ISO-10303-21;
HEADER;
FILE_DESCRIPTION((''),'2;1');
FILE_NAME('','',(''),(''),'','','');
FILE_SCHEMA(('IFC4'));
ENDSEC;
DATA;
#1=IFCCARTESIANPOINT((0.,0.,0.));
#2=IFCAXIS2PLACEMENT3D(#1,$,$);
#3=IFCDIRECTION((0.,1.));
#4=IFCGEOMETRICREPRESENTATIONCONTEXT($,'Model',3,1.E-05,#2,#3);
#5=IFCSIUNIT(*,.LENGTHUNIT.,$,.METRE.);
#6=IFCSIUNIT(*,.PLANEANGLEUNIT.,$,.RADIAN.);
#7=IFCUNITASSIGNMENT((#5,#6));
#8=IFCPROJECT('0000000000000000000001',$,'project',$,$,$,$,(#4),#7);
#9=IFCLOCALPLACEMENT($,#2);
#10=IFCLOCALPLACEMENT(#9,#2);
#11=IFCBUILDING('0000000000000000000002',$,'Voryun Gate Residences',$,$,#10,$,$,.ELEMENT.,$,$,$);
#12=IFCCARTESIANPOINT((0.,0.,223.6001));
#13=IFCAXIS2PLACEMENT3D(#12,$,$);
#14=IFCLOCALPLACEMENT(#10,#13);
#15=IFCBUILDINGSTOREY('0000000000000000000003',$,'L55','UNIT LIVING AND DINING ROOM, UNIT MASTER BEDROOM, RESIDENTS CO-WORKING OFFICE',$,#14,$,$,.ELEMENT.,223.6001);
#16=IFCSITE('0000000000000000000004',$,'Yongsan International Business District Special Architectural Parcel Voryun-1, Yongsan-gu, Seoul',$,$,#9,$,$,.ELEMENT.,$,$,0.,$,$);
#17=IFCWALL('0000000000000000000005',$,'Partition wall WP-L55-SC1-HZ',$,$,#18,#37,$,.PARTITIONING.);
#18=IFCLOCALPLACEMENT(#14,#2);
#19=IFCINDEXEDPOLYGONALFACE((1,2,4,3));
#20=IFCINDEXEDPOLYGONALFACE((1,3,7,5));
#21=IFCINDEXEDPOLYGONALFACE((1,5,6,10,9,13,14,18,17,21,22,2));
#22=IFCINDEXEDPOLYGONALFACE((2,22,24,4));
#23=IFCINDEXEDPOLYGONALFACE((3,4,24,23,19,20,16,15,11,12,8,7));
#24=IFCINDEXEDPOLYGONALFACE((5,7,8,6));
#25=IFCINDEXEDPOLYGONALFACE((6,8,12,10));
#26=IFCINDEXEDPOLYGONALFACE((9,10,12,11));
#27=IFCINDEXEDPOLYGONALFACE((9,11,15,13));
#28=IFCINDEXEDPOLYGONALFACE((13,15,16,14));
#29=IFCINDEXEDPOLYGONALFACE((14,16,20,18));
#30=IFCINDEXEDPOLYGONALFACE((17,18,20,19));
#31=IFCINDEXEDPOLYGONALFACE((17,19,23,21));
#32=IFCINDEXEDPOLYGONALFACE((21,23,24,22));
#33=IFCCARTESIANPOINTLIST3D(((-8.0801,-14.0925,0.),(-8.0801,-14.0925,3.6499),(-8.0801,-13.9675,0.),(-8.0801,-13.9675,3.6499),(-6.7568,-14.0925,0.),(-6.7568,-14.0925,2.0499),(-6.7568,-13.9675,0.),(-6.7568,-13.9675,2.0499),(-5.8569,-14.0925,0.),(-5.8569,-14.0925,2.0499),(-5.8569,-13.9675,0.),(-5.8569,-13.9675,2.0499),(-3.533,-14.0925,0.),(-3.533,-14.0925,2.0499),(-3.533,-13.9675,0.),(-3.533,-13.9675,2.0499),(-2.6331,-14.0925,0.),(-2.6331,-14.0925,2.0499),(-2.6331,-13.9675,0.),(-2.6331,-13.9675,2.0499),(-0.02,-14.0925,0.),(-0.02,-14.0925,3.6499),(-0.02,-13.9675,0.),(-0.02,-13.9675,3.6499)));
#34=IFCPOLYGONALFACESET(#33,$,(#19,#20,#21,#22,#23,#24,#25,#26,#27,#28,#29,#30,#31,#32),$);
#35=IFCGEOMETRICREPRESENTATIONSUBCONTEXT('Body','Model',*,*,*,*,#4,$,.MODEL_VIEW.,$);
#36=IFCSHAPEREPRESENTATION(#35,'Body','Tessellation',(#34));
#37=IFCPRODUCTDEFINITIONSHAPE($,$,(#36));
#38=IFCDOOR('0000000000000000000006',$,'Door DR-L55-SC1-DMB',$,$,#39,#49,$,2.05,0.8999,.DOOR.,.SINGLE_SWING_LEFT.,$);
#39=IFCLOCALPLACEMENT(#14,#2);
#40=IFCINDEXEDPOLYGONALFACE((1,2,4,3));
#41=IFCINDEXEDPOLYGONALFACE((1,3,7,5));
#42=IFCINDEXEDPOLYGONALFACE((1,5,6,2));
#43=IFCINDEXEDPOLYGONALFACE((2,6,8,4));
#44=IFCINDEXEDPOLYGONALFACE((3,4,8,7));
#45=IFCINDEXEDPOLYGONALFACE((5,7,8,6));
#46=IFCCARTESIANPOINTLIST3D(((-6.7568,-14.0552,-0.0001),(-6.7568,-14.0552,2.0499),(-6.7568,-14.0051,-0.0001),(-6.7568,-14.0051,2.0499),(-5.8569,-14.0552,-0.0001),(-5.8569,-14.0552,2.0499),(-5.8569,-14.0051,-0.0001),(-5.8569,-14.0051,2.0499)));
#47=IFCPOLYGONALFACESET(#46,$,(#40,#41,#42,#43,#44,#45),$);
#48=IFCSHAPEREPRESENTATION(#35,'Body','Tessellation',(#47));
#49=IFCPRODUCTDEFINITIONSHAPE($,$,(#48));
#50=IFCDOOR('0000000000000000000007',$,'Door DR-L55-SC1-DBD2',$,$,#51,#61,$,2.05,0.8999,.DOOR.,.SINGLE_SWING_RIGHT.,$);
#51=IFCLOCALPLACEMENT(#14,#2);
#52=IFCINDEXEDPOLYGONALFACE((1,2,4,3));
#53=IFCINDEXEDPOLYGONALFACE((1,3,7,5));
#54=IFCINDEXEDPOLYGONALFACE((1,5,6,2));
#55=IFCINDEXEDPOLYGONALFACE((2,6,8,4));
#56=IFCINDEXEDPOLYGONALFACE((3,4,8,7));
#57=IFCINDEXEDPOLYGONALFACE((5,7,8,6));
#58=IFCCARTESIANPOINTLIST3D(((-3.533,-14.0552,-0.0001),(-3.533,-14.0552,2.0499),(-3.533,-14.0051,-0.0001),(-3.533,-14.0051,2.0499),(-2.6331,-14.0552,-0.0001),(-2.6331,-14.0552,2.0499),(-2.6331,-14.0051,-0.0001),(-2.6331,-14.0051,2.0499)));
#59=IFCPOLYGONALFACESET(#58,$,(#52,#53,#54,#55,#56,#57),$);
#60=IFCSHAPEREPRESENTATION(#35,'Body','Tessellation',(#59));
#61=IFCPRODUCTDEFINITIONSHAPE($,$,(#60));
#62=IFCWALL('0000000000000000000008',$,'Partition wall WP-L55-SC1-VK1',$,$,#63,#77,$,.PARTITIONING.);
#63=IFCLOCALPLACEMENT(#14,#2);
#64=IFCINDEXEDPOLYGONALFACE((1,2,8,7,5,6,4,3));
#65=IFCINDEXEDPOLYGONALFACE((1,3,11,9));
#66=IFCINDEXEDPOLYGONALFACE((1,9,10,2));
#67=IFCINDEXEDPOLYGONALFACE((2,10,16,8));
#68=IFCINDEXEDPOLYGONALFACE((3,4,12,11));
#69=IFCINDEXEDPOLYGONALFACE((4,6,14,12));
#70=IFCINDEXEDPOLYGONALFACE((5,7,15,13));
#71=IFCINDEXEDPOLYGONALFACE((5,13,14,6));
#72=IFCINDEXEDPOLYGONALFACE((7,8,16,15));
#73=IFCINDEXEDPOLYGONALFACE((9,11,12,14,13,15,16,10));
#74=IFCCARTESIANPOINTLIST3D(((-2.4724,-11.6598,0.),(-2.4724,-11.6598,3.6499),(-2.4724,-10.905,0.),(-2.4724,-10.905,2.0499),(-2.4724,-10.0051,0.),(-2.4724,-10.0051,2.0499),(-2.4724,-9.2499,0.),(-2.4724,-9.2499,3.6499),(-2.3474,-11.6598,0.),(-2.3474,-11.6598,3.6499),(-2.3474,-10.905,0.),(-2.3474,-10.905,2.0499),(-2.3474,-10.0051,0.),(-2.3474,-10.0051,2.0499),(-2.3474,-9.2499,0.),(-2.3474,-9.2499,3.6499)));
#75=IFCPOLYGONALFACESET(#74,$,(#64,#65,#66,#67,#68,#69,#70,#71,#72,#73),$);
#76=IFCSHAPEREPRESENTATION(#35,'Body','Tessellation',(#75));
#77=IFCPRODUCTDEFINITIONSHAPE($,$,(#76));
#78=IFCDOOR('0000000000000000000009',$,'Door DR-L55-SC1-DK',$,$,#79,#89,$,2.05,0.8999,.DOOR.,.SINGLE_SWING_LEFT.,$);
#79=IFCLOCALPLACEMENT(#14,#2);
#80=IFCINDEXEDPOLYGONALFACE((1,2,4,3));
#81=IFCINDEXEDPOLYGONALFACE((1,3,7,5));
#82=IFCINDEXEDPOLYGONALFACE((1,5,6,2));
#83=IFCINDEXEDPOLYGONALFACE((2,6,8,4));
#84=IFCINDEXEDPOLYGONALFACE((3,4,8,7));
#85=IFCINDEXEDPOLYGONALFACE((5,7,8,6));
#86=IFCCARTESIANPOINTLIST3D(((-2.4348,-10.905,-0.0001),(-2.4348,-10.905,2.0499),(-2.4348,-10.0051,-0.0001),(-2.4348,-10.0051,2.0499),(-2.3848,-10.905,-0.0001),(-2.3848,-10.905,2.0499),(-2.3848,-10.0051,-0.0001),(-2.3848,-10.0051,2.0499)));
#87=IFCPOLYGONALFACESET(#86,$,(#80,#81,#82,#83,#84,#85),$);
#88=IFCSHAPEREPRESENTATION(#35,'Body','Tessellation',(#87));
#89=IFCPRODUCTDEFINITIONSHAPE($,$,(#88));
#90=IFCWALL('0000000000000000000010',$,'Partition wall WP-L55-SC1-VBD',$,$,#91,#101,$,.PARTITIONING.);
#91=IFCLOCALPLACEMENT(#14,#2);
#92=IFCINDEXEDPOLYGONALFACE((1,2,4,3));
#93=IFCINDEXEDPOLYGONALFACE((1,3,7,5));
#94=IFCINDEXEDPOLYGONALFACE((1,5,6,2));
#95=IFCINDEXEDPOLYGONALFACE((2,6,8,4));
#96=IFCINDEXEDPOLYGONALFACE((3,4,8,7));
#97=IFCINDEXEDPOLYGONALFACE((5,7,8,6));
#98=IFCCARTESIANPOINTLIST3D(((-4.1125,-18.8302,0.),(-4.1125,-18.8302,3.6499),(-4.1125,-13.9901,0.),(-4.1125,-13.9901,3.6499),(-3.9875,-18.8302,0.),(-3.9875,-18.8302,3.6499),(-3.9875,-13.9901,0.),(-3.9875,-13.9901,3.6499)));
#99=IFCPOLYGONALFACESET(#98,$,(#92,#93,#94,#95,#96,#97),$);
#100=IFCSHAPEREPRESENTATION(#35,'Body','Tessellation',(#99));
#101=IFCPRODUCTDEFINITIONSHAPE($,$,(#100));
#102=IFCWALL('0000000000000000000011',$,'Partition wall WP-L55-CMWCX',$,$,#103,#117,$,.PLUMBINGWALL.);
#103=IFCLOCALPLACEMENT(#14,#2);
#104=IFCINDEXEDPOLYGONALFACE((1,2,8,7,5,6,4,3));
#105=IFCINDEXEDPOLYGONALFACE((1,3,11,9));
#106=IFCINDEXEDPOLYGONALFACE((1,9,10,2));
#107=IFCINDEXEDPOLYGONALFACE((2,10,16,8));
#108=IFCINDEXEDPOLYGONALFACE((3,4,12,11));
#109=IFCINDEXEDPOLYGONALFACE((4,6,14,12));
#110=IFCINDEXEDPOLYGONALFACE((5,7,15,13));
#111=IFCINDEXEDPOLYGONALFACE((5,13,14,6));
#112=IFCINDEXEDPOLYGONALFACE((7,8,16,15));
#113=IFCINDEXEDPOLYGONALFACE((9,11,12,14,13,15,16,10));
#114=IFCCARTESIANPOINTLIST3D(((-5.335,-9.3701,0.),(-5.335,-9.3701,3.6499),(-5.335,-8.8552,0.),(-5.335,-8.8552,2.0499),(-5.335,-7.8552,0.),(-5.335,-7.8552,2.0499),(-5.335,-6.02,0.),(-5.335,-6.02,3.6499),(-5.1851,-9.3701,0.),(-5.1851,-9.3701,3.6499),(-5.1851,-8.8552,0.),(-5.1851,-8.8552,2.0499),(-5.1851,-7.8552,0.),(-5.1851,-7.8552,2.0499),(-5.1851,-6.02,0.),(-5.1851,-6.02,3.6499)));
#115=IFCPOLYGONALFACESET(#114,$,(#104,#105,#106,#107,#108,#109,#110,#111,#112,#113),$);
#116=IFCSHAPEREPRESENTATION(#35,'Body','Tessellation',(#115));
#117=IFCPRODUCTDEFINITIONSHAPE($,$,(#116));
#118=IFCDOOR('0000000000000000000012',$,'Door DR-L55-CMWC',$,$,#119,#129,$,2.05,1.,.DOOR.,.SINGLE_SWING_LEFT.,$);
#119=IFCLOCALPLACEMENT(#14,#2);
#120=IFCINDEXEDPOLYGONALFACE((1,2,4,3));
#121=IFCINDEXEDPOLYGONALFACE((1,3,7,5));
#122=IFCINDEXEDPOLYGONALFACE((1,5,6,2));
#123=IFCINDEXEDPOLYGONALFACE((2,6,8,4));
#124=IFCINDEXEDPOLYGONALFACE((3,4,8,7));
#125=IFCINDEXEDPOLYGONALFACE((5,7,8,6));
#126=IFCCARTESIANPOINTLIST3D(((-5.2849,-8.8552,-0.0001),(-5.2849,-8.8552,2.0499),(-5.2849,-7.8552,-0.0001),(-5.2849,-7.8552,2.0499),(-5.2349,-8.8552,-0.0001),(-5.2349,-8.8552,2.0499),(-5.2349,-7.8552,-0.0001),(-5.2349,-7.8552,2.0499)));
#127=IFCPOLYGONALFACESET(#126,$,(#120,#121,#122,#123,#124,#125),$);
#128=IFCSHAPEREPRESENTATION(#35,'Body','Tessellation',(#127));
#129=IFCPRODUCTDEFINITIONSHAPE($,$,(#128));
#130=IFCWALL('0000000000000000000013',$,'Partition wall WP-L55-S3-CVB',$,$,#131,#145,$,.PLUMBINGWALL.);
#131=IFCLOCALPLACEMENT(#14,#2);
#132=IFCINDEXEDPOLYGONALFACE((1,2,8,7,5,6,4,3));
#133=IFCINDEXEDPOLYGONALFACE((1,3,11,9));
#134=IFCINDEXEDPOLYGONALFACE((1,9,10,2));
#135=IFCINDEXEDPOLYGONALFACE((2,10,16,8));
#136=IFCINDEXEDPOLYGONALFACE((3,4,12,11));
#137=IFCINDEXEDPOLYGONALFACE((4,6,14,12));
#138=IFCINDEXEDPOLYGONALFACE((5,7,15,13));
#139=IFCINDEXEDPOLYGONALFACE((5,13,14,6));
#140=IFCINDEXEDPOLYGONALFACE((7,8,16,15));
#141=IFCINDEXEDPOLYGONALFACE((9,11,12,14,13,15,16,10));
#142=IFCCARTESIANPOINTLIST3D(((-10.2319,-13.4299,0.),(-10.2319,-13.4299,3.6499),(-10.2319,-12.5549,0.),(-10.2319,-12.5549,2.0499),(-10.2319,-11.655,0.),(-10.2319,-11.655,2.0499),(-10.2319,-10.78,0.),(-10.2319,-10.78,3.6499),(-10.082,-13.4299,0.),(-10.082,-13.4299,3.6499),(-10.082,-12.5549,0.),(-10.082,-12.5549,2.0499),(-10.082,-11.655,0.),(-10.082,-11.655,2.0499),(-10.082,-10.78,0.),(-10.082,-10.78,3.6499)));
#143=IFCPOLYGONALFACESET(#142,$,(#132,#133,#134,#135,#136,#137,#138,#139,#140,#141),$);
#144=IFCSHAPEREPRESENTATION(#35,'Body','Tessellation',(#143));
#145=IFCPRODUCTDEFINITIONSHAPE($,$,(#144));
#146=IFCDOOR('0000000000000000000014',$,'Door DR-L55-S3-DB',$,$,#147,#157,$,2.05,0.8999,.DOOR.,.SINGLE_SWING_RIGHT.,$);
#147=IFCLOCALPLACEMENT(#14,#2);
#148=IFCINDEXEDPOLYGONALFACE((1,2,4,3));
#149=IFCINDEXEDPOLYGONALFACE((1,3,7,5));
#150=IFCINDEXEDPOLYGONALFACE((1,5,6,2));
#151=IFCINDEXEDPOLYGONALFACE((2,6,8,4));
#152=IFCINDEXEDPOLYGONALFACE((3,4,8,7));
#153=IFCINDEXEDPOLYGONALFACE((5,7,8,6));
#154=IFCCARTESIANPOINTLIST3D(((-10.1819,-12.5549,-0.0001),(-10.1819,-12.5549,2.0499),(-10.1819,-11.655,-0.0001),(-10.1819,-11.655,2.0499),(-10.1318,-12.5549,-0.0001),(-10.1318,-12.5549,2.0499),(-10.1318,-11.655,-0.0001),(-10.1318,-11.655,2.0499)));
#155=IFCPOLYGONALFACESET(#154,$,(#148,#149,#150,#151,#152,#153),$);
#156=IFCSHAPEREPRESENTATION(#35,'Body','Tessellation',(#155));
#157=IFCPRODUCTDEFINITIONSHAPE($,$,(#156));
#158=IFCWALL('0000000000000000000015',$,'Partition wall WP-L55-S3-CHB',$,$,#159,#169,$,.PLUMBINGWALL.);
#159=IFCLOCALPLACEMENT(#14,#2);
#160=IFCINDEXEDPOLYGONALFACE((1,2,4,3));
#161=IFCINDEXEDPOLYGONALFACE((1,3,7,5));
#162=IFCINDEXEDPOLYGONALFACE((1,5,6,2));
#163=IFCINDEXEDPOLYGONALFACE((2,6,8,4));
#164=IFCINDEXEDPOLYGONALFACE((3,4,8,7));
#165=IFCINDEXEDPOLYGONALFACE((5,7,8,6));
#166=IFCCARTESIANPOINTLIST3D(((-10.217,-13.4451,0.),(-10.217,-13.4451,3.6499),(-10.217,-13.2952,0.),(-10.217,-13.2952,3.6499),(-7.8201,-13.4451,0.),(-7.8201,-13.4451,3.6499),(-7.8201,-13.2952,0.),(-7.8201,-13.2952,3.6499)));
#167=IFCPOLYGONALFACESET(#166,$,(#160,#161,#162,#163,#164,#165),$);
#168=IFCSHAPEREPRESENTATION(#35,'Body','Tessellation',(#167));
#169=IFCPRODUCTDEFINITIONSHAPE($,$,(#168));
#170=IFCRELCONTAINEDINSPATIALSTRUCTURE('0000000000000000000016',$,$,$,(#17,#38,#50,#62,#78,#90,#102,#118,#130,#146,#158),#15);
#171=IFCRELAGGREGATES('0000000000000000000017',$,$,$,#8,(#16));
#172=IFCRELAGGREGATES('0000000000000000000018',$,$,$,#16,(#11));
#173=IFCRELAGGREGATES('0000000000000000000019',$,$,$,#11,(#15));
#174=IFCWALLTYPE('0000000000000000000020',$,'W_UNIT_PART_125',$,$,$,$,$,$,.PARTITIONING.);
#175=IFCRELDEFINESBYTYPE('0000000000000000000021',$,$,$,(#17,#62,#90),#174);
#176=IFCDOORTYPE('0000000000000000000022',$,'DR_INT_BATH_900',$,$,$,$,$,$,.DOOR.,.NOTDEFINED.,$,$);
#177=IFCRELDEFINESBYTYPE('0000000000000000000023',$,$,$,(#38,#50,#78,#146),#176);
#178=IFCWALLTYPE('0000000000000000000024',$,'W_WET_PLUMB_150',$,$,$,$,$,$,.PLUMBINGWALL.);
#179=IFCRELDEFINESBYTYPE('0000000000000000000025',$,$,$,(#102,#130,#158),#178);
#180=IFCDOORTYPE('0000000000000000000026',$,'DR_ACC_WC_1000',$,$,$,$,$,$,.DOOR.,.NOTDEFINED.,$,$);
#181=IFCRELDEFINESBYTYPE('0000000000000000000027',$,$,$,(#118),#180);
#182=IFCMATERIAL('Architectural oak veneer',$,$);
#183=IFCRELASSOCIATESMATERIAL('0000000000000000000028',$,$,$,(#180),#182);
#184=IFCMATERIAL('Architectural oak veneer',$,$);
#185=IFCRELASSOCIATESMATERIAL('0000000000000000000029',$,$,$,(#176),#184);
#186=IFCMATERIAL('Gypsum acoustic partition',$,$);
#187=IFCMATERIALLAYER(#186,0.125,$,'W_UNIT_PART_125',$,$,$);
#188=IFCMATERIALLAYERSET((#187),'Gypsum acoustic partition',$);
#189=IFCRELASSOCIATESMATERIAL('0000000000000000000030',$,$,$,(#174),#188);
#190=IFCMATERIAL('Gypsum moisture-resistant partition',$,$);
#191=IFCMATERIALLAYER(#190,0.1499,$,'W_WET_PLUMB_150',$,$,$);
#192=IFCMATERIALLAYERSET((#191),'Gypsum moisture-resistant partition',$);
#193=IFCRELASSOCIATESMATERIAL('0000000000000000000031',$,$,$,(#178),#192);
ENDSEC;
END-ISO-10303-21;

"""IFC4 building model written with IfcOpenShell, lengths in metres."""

from ifc_helpers import new_model, si_unit, direction, frame, frame_2d, origin, place, context, subcontext, project, spatial, rectangle, extrude, material, layer, layer_set, type_object, element, fill, save


model = new_model("IFC4")

# Units and contexts
model_context = context("Model", 3, precision=1e-05, world=origin(), true_north=direction((0.0, 1.0)))
body_context = subcontext(model_context, "Body", "Model", "MODEL_VIEW")
ifc_project = project(units=[si_unit("LENGTHUNIT", "METRE"), si_unit("PLANEANGLEUNIT", "RADIAN")], contexts=[model_context])

# Site, building, storey
site_placement = place(None, origin())
site = spatial("IfcSite", under=ifc_project, at=site_placement, Name="Yongsan International Business District Special Architectural Parcel Voryun-1, Yongsan-gu, Seoul", CompositionType="ELEMENT", RefElevation=0.0)
building_placement = place(site_placement, origin())
building = spatial("IfcBuilding", under=site, at=building_placement, Name="Voryun Gate Residences", CompositionType="ELEMENT")
storey_placement = place(building_placement, frame((0.0, 0.0, 223.6001)))
storey = spatial("IfcBuildingStorey", under=building, at=storey_placement, Name="L55", Description="UNIT LIVING AND DINING ROOM, UNIT MASTER BEDROOM, RESIDENTS CO-WORKING OFFICE", CompositionType="ELEMENT", Elevation=223.6001)

# Shared definitions
ifc_material_1 = material(Name="Architectural oak veneer")
door_type_1 = type_object("IfcDoorType", Name="DR_ACC_WC_1000", OperationType="NOTDEFINED", PredefinedType="DOOR", material=ifc_material_1)

# Shared definitions
ifc_material_2 = material(Name="Architectural oak veneer")
door_type_2 = type_object("IfcDoorType", Name="DR_INT_BATH_900", OperationType="NOTDEFINED", PredefinedType="DOOR", material=ifc_material_2)

# Shared definitions
ifc_material_3 = material(Name="Gypsum acoustic partition")
ifc_layer_1 = layer(ifc_material_3, 0.125, Name="W_UNIT_PART_125")
ifc_layer_set_1 = layer_set([ifc_layer_1], Name="Gypsum acoustic partition")
wall_type_1 = type_object("IfcWallType", Name="W_UNIT_PART_125", PredefinedType="PARTITIONING", material=ifc_layer_set_1)

# Wall, openings, doors
wall_1_placement = place(storey_placement, frame((-8.0801, -14.03, 0.0), z_axis=(0.0, 0.0, 1.0), x_axis=(1.0, 0.0, 0.0)))
wall_1 = element("IfcWall", 1, at=wall_1_placement, inside=storey, type_object=wall_type_1, Name="Partition wall WP-L55-SC1-HZ", PredefinedType="PARTITIONING", context=body_context, shape_type="SweptSolid", body=[
    extrude(rectangle(XDim=8.0601, YDim=0.125, at=frame_2d((4.03, 0.0))), origin(), (0.0, 0.0, 1.0), 3.6499),
])
opening_1_placement = place(wall_1_placement, frame((1.3232, 0.0, 0.0)))
opening_1 = element("IfcOpeningElement", 2, at=opening_1_placement, cuts=wall_1, PredefinedType="OPENING", context=body_context, shape_type="SweptSolid", body=[
    extrude(rectangle(XDim=0.8999, YDim=2.05, at=frame_2d((0.45, 1.0249))), frame((0.0, 0.0725, 0.0), z_axis=(0.0, -1.0, 0.0), x_axis=(1.0, 0.0, 0.0)), (0.0, 0.0, 1.0), 0.145),
])
opening_2_placement = place(wall_1_placement, frame((4.5471, 0.0, 0.0)))
opening_2 = element("IfcOpeningElement", 3, at=opening_2_placement, cuts=wall_1, PredefinedType="OPENING", context=body_context, shape_type="SweptSolid", body=[
    extrude(rectangle(XDim=0.8999, YDim=2.05, at=frame_2d((0.45, 1.0249))), frame((0.0, 0.0725, 0.0), z_axis=(0.0, -1.0, 0.0), x_axis=(1.0, 0.0, 0.0)), (0.0, 0.0, 1.0), 0.145),
])
door_1_placement = place(opening_1_placement, origin())
door_1 = element("IfcDoor", 4, at=door_1_placement, inside=storey, type_object=door_type_2, Name="Door DR-L55-SC1-DMB", OperationType="SINGLE_SWING_LEFT", OverallHeight=2.05, OverallWidth=0.8999, PredefinedType="DOOR", context=body_context, shape_type="SweptSolid", body=[
    extrude(rectangle(XDim=0.8999, YDim=2.05, at=frame_2d((0.45, 1.0249))), frame((0.0, 0.0249, 0.0), z_axis=(0.0, -1.0, 0.0), x_axis=(1.0, 0.0, 0.0)), (0.0, 0.0, 1.0), 0.05),
])
fill(opening_1, door_1)
door_2_placement = place(opening_2_placement, origin())
door_2 = element("IfcDoor", 5, at=door_2_placement, inside=storey, type_object=door_type_2, Name="Door DR-L55-SC1-DBD2", OperationType="SINGLE_SWING_RIGHT", OverallHeight=2.05, OverallWidth=0.8999, PredefinedType="DOOR", context=body_context, shape_type="SweptSolid", body=[
    extrude(rectangle(XDim=0.8999, YDim=2.05, at=frame_2d((0.45, 1.0249))), frame((0.0, 0.0249, 0.0), z_axis=(0.0, -1.0, 0.0), x_axis=(1.0, 0.0, 0.0)), (0.0, 0.0, 1.0), 0.05),
])
fill(opening_2, door_2)

# Wall, opening, door
wall_2_placement = place(storey_placement, frame((-2.4099, -11.6599, 0.0), z_axis=(0.0, 0.0, 1.0), x_axis=(0.0, 1.0, 0.0)))
wall_2 = element("IfcWall", 6, at=wall_2_placement, inside=storey, type_object=wall_type_1, Name="Partition wall WP-L55-SC1-VK1", PredefinedType="PARTITIONING", context=body_context, shape_type="SweptSolid", body=[
    extrude(rectangle(XDim=2.4099, YDim=0.125, at=frame_2d((1.2051, 0.0))), origin(), (0.0, 0.0, 1.0), 3.6499),
])
opening_3_placement = place(wall_2_placement, frame((0.7549, 0.0, 0.0)))
opening_3 = element("IfcOpeningElement", 7, at=opening_3_placement, cuts=wall_2, PredefinedType="OPENING", context=body_context, shape_type="SweptSolid", body=[
    extrude(rectangle(XDim=0.8999, YDim=2.05, at=frame_2d((0.45, 1.0249))), frame((0.0, 0.0725, 0.0), z_axis=(0.0, -1.0, 0.0), x_axis=(1.0, 0.0, 0.0)), (0.0, 0.0, 1.0), 0.145),
])
door_3_placement = place(opening_3_placement, origin())
door_3 = element("IfcDoor", 8, at=door_3_placement, inside=storey, type_object=door_type_2, Name="Door DR-L55-SC1-DK", OperationType="SINGLE_SWING_LEFT", OverallHeight=2.05, OverallWidth=0.8999, PredefinedType="DOOR", context=body_context, shape_type="SweptSolid", body=[
    extrude(rectangle(XDim=0.8999, YDim=2.05, at=frame_2d((0.45, 1.0249))), frame((0.0, 0.0249, 0.0), z_axis=(0.0, -1.0, 0.0), x_axis=(1.0, 0.0, 0.0)), (0.0, 0.0, 1.0), 0.05),
])
fill(opening_3, door_3)

# Wall
wall_3_placement = place(storey_placement, frame((-4.05, -18.8301, 0.0), z_axis=(0.0, 0.0, 1.0), x_axis=(0.0, 1.0, 0.0)))
element("IfcWall", 9, at=wall_3_placement, inside=storey, type_object=wall_type_1, Name="Partition wall WP-L55-SC1-VBD", PredefinedType="PARTITIONING", context=body_context, shape_type="SweptSolid", body=[
    extrude(rectangle(XDim=4.8401, YDim=0.125, at=frame_2d((2.4199, 0.0))), origin(), (0.0, 0.0, 1.0), 3.6499),
])

# Walls, openings, doors
ifc_material_4 = material(Name="Gypsum moisture-resistant partition")
ifc_layer_2 = layer(ifc_material_4, 0.1499, Name="W_WET_PLUMB_150")
ifc_layer_set_2 = layer_set([ifc_layer_2], Name="Gypsum moisture-resistant partition")
wall_type_2 = type_object("IfcWallType", Name="W_WET_PLUMB_150", PredefinedType="PLUMBINGWALL", material=ifc_layer_set_2)
wall_4_placement = place(storey_placement, frame((-5.26, -9.3701, 0.0), z_axis=(0.0, 0.0, 1.0), x_axis=(0.0, 1.0, 0.0)))
wall_4 = element("IfcWall", 10, at=wall_4_placement, inside=storey, type_object=wall_type_2, Name="Partition wall WP-L55-CMWCX", PredefinedType="PLUMBINGWALL", context=body_context, shape_type="SweptSolid", body=[
    extrude(rectangle(XDim=3.3501, YDim=0.1499, at=frame_2d((1.675, 0.0))), origin(), (0.0, 0.0, 1.0), 3.6499),
])
opening_4_placement = place(wall_4_placement, frame((0.5149, 0.0, 0.0)))
opening_4 = element("IfcOpeningElement", 11, at=opening_4_placement, cuts=wall_4, PredefinedType="OPENING", context=body_context, shape_type="SweptSolid", body=[
    extrude(rectangle(XDim=1.0, YDim=2.05, at=frame_2d((0.5, 1.0249))), frame((0.0, 0.085, 0.0), z_axis=(0.0, -1.0, 0.0), x_axis=(1.0, 0.0, 0.0)), (0.0, 0.0, 1.0), 0.1699),
])
door_4_placement = place(opening_4_placement, origin())
door_4 = element("IfcDoor", 12, at=door_4_placement, inside=storey, type_object=door_type_1, Name="Door DR-L55-CMWC", OperationType="SINGLE_SWING_LEFT", OverallHeight=2.05, OverallWidth=1.0, PredefinedType="DOOR", context=body_context, shape_type="SweptSolid", body=[
    extrude(rectangle(XDim=1.0, YDim=2.05, at=frame_2d((0.5, 1.0249))), frame((0.0, 0.0249, 0.0), z_axis=(0.0, -1.0, 0.0), x_axis=(1.0, 0.0, 0.0)), (0.0, 0.0, 1.0), 0.05),
])
fill(opening_4, door_4)
wall_5_placement = place(storey_placement, frame((-10.157, -13.4299, 0.0), z_axis=(0.0, 0.0, 1.0), x_axis=(0.0, 1.0, 0.0)))
wall_5 = element("IfcWall", 13, at=wall_5_placement, inside=storey, type_object=wall_type_2, Name="Partition wall WP-L55-S3-CVB", PredefinedType="PLUMBINGWALL", context=body_context, shape_type="SweptSolid", body=[
    extrude(rectangle(XDim=2.6499, YDim=0.1499, at=frame_2d((1.325, 0.0))), origin(), (0.0, 0.0, 1.0), 3.6499),
])
opening_5_placement = place(wall_5_placement, frame((0.875, 0.0, 0.0)))
opening_5 = element("IfcOpeningElement", 14, at=opening_5_placement, cuts=wall_5, PredefinedType="OPENING", context=body_context, shape_type="SweptSolid", body=[
    extrude(rectangle(XDim=0.8999, YDim=2.05, at=frame_2d((0.45, 1.0249))), frame((0.0, 0.085, 0.0), z_axis=(0.0, -1.0, 0.0), x_axis=(1.0, 0.0, 0.0)), (0.0, 0.0, 1.0), 0.1699),
])
door_5_placement = place(opening_5_placement, origin())
door_5 = element("IfcDoor", 15, at=door_5_placement, inside=storey, type_object=door_type_2, Name="Door DR-L55-S3-DB", OperationType="SINGLE_SWING_RIGHT", OverallHeight=2.05, OverallWidth=0.8999, PredefinedType="DOOR", context=body_context, shape_type="SweptSolid", body=[
    extrude(rectangle(XDim=0.8999, YDim=2.05, at=frame_2d((0.45, 1.0249))), frame((0.0, 0.0249, 0.0), z_axis=(0.0, -1.0, 0.0), x_axis=(1.0, 0.0, 0.0)), (0.0, 0.0, 1.0), 0.05),
])
fill(opening_5, door_5)

# Wall
wall_6_placement = place(storey_placement, frame((-10.217, -13.3701, 0.0), z_axis=(0.0, 0.0, 1.0), x_axis=(1.0, 0.0, 0.0)))
element("IfcWall", 16, at=wall_6_placement, inside=storey, type_object=wall_type_2, Name="Partition wall WP-L55-S3-CHB", PredefinedType="PLUMBINGWALL", context=body_context, shape_type="SweptSolid", body=[
    extrude(rectangle(XDim=2.397, YDim=0.1499, at=frame_2d((1.1985, 0.0))), origin(), (0.0, 0.0, 1.0), 3.6499),
])

save(model, "model.ifc")
